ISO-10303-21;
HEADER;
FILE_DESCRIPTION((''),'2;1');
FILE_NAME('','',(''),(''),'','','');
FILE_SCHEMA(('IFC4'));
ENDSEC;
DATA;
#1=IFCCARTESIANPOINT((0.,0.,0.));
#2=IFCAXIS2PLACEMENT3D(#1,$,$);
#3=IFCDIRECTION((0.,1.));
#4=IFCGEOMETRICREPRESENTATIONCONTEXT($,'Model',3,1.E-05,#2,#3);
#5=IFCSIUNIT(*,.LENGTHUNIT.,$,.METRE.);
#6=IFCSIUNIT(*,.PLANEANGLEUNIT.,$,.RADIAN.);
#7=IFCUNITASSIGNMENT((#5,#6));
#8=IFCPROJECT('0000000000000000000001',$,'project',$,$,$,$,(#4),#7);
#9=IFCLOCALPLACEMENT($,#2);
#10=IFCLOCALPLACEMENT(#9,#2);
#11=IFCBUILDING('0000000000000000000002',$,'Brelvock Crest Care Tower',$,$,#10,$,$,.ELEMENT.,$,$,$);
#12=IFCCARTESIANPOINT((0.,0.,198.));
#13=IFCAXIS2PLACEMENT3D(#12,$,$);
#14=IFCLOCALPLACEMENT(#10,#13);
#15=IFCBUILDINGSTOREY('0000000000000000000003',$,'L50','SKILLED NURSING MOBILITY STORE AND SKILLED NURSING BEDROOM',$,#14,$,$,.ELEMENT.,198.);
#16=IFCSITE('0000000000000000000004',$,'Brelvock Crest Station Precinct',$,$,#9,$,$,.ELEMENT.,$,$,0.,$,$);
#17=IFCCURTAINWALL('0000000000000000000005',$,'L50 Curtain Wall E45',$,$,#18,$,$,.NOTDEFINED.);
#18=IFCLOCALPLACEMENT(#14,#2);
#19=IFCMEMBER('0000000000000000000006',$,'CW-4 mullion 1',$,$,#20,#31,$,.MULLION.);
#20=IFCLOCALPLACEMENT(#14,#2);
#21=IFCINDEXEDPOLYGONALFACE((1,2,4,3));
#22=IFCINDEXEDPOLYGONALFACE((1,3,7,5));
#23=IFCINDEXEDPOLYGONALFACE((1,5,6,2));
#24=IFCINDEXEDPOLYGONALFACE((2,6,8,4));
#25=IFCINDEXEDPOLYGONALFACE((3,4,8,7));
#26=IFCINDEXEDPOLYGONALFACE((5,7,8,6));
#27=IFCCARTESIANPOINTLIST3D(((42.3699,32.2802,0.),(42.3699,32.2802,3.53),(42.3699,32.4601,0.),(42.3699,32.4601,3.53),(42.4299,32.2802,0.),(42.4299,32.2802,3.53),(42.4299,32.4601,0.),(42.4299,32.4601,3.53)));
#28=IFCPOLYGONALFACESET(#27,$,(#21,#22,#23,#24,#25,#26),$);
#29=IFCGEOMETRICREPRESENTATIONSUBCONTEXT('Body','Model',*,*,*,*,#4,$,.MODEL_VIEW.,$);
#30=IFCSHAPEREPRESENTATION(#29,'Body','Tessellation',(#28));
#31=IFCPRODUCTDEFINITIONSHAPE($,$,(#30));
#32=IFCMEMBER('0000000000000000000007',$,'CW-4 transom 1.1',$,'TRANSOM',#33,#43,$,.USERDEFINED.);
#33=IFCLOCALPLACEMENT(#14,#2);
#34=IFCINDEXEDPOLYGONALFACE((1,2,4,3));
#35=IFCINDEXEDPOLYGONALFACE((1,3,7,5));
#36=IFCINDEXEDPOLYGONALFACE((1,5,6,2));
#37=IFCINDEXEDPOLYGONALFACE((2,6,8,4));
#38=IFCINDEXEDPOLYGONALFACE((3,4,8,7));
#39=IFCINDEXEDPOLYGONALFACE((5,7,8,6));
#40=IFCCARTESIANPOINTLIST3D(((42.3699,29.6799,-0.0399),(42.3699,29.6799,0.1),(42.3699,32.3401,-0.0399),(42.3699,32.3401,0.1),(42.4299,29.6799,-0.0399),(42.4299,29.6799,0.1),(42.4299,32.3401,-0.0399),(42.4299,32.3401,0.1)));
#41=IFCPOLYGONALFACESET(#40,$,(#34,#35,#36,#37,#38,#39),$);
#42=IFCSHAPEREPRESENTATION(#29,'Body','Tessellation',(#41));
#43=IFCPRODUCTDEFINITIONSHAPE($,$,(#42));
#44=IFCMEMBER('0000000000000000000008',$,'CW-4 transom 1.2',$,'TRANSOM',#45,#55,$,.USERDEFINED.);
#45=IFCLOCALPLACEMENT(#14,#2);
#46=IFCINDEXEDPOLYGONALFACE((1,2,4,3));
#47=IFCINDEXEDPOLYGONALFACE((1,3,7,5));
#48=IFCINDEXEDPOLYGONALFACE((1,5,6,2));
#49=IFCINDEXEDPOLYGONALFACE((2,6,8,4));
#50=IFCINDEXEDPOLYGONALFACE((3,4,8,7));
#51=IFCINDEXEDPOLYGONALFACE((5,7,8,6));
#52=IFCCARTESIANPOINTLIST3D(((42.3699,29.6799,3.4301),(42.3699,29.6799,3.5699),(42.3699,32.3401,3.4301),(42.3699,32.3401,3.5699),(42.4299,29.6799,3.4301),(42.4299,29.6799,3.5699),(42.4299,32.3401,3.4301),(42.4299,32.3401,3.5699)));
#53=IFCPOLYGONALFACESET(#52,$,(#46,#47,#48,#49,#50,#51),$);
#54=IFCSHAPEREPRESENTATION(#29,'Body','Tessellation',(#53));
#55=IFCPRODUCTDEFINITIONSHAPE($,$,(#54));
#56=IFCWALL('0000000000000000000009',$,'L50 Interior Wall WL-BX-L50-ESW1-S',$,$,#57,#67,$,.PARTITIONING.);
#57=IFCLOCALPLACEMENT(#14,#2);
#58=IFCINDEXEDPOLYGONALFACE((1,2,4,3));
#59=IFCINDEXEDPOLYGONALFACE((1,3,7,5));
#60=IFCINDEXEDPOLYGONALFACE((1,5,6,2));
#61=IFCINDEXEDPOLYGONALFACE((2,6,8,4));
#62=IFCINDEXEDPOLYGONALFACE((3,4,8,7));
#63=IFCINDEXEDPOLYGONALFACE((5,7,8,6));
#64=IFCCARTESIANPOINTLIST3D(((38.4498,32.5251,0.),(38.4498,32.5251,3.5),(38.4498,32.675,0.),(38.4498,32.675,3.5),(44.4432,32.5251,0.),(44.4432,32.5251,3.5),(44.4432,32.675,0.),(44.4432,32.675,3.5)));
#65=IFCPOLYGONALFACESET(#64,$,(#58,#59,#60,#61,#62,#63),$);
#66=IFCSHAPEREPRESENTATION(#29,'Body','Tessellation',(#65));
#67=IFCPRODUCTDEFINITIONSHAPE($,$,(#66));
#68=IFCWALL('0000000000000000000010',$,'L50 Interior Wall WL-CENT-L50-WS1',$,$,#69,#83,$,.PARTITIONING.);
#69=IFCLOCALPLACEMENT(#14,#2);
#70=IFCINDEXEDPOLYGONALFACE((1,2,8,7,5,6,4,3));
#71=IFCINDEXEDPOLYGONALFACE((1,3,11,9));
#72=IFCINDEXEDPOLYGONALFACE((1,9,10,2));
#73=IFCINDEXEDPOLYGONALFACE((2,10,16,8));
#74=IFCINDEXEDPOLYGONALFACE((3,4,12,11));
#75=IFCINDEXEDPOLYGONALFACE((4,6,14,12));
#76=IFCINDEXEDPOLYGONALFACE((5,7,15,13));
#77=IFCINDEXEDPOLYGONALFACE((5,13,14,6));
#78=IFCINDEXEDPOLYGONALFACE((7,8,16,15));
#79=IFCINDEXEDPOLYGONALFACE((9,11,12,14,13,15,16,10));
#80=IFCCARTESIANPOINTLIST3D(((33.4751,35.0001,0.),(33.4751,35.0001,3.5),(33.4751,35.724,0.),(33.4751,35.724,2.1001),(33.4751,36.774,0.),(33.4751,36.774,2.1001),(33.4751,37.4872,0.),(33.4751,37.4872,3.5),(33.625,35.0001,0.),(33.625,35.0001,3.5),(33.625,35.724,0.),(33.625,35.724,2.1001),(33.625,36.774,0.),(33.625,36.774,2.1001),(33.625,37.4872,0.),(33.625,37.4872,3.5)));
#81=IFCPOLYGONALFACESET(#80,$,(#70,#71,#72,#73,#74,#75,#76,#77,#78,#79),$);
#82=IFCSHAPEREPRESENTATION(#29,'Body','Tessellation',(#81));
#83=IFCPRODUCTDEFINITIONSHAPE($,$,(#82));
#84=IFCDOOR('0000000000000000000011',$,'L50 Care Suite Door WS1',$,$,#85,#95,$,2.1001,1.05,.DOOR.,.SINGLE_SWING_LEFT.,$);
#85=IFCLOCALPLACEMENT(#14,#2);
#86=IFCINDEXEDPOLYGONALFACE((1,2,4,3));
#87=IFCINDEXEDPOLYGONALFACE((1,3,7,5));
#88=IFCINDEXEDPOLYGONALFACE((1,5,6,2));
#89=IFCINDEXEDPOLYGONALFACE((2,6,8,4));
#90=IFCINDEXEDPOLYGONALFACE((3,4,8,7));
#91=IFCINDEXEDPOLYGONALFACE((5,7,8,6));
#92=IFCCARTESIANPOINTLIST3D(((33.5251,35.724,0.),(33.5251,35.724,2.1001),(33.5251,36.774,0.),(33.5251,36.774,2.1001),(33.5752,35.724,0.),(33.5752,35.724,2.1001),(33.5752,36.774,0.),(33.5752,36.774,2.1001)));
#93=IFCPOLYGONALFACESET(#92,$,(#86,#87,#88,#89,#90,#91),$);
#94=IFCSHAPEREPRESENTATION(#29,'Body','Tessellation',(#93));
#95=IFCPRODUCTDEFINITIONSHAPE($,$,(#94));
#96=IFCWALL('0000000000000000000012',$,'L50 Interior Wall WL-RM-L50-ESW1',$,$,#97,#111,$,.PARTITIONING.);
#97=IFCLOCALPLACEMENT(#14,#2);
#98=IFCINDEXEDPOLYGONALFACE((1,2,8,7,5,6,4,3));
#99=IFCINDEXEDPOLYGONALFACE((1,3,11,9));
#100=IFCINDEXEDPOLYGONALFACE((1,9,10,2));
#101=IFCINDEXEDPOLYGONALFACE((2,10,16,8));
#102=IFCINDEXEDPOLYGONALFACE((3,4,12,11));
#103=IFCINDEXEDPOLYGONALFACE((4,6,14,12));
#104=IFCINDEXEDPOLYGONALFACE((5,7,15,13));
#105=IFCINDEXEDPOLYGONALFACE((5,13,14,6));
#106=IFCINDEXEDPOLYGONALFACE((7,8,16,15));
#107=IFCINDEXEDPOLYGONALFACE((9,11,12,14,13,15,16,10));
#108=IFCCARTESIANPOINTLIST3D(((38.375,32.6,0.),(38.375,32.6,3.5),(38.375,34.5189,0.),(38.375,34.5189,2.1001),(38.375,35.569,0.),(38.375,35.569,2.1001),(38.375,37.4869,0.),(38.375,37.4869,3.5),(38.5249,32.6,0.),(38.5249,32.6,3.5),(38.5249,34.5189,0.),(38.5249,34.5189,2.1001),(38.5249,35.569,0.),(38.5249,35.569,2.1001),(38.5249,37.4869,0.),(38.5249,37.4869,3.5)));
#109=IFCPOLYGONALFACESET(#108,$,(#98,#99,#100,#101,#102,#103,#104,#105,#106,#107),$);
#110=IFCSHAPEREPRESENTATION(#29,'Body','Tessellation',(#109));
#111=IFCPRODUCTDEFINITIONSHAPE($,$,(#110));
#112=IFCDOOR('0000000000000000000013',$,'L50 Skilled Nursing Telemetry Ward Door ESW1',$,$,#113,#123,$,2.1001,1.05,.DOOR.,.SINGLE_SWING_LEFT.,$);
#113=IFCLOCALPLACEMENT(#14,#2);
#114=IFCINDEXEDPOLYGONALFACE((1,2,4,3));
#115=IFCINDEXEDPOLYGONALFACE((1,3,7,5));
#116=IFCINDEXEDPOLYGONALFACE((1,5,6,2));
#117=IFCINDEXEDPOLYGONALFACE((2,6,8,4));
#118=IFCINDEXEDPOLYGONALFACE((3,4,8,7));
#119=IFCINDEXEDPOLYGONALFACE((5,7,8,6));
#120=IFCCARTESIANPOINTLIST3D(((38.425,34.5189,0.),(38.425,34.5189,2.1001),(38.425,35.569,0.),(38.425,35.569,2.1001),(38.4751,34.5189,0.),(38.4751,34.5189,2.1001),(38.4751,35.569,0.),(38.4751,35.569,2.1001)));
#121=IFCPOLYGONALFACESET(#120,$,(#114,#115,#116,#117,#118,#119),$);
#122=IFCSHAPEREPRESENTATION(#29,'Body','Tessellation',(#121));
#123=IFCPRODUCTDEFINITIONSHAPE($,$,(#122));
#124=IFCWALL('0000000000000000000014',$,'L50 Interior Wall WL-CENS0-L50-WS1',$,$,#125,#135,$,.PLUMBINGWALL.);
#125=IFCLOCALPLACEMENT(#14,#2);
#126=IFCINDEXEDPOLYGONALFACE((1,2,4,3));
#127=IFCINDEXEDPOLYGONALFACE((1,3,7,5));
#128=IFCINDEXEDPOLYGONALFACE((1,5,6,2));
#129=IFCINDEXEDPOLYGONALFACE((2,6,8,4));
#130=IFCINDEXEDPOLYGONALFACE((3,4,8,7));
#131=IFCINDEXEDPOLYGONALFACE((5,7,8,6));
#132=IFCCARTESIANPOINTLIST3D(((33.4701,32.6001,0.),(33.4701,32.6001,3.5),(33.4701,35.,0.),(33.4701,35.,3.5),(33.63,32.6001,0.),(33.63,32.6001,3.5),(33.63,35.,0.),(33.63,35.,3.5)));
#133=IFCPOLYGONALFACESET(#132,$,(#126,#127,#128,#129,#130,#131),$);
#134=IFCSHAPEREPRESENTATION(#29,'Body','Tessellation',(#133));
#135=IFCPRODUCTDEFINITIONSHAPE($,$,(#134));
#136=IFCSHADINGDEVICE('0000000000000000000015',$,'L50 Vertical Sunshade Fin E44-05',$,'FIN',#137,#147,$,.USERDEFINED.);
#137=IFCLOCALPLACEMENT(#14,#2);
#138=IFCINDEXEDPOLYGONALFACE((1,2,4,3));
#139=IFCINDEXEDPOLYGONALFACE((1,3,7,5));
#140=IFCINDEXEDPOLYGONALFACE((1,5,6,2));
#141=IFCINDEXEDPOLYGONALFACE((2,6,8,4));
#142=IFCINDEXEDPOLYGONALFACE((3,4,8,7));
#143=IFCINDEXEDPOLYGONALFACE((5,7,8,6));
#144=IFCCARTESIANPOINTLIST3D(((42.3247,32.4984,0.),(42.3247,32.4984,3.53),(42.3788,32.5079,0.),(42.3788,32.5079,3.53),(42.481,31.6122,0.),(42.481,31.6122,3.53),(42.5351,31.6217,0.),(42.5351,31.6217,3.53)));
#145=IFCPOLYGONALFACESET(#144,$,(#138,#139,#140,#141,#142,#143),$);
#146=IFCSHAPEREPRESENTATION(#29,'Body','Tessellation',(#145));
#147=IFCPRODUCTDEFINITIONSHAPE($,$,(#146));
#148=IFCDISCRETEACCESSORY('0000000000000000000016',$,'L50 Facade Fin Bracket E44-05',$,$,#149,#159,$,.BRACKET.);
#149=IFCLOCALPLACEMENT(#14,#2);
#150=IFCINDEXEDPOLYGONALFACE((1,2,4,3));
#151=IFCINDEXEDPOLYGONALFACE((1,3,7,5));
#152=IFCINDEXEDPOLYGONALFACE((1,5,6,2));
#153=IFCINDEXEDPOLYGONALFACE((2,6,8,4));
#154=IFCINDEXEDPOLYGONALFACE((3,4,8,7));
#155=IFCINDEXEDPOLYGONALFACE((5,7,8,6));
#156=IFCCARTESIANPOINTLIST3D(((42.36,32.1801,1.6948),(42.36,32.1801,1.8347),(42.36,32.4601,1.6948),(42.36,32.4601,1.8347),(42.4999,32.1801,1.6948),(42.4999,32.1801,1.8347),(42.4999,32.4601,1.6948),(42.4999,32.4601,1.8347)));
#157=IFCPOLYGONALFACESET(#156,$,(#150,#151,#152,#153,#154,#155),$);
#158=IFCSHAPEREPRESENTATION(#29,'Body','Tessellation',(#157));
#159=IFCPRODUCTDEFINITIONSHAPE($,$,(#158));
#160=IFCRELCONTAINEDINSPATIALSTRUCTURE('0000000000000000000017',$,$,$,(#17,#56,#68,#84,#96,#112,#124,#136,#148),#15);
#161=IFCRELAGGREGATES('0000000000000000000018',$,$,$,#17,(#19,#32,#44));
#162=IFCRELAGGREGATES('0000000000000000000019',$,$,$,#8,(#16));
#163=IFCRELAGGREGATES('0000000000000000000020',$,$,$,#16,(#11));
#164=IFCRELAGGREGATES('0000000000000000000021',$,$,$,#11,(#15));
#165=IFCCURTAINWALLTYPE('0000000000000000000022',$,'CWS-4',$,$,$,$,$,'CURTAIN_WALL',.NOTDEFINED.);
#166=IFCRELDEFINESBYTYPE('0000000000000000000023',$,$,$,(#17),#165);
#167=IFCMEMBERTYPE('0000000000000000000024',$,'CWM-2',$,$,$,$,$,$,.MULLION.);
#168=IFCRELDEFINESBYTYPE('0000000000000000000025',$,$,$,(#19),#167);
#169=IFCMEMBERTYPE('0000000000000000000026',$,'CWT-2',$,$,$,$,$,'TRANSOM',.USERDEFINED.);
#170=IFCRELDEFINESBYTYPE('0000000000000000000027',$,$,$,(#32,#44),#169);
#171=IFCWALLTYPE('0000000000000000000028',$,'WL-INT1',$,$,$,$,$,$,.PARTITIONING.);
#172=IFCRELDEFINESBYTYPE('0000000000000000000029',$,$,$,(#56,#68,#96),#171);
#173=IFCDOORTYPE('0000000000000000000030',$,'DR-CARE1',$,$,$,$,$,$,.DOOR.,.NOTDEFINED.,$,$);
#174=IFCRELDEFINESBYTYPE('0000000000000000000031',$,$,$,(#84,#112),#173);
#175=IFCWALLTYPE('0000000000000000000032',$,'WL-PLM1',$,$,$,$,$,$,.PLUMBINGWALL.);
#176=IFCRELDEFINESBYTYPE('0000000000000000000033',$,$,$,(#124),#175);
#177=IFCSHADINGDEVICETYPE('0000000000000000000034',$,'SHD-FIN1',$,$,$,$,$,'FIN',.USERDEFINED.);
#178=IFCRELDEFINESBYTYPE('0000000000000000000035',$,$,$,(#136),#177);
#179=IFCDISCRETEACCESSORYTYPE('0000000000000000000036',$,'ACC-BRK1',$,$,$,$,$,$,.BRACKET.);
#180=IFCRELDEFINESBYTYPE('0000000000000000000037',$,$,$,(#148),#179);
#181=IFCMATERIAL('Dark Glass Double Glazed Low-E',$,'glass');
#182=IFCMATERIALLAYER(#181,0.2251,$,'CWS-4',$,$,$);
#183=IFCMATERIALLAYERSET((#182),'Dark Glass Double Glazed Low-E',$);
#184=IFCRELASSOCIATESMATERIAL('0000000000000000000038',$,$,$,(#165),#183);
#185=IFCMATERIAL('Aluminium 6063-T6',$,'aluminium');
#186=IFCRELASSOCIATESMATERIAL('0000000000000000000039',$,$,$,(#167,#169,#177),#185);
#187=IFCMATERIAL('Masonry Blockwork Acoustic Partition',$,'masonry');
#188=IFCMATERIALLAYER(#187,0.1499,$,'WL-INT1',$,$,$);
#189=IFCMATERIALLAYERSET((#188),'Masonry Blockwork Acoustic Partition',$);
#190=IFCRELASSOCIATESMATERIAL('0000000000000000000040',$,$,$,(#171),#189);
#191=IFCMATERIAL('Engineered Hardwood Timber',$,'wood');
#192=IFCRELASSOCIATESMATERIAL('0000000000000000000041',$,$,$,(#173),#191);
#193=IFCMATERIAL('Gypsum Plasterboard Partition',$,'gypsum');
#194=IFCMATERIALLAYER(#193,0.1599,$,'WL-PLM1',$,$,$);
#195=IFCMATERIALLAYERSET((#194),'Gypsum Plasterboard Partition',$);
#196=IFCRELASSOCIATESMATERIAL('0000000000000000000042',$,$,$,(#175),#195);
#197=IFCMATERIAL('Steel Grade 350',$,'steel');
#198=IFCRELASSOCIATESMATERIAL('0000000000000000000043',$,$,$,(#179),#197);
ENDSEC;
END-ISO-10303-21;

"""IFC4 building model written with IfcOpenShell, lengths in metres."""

from ifc_helpers import new_model, si_unit, direction, frame, frame_2d, origin, origin_2d, place, context, subcontext, project, spatial, rectangle, extrude, source, transform, mapped, material, layer, layer_set, material_profile, profile_set, type_object, element, fill, aggregate, save


model = new_model("IFC4")

# Units and contexts
model_context = context("Model", 3, precision=1e-05, world=origin(), true_north=direction((0.0, 1.0)))
body_context = subcontext(model_context, "Body", "Model", "MODEL_VIEW")
ifc_project = project(units=[si_unit("LENGTHUNIT", "METRE"), si_unit("PLANEANGLEUNIT", "RADIAN")], contexts=[model_context])

# Site, building, storey
site_placement = place(None, origin())
site = spatial("IfcSite", under=ifc_project, at=site_placement, Name="Brelvock Crest Station Precinct", CompositionType="ELEMENT", RefElevation=0.0)
building_placement = place(site_placement, origin())
building = spatial("IfcBuilding", under=site, at=building_placement, Name="Brelvock Crest Care Tower", CompositionType="ELEMENT")
storey_placement = place(building_placement, frame((0.0, 0.0, 198.0)))
storey = spatial("IfcBuildingStorey", under=building, at=storey_placement, Name="L50", Description="SKILLED NURSING MOBILITY STORE AND SKILLED NURSING BEDROOM", CompositionType="ELEMENT", Elevation=198.0)

# Shared definitions
ifc_material_1 = material(Name="Steel Grade 350", Category="steel")

# Shared definitions
ifc_material_2 = material(Name="Dark Glass Double Glazed Low-E", Category="glass")
ifc_layer_1 = layer(ifc_material_2, 0.2251, Name="CWS-4")
ifc_layer_set_1 = layer_set([ifc_layer_1], Name="Dark Glass Double Glazed Low-E")
curtain_wall_type = type_object("IfcCurtainWallType", Name="CWS-4", ElementType="CURTAIN_WALL", PredefinedType="NOTDEFINED", material=ifc_layer_set_1)
ifc_material_3 = material(Name="Aluminium 6063-T6", Category="aluminium")
ifc_material_profile_1 = material_profile(ifc_material_3, rectangle(XDim=0.0601, YDim=0.1799, at=origin_2d()), Name="ALU60x180")
ifc_profile_set_1 = profile_set([ifc_material_profile_1], Name="Aluminium 6063-T6")
member_type_1 = type_object("IfcMemberType", Name="CWM-2", PredefinedType="MULLION", material=ifc_profile_set_1)
shared_shape_1 = source(origin(), body_context, "Body", "SweptSolid", [
    extrude(rectangle(XDim=0.0601, YDim=0.1799, at=origin_2d()), origin(), (0.0, 0.0, 1.0), 3.53),
])

# Curtain wall, members
curtain_wall_1_placement = place(storey_placement, origin())
curtain_wall_1 = element("IfcCurtainWall", 1, at=curtain_wall_1_placement, inside=storey, type_object=curtain_wall_type, Name="L50 Curtain Wall E45", PredefinedType="NOTDEFINED")
member_1_placement = place(storey_placement, frame((42.3999, 32.3701, 0.0), z_axis=(0.0, 0.0, 1.0), x_axis=(1.0, 0.0, 0.0)))
member_1 = element("IfcMember", 2, at=member_1_placement, type_object=member_type_1, Name="CW-4 mullion 1", PredefinedType="MULLION", context=body_context, shape_type="MappedRepresentation", body=[
    mapped(shared_shape_1, transform((0.0, 0.0, 0.0), x_axis=(1.0, 0.0, 0.0), y_axis=(0.0, 1.0, 0.0), z_axis=(0.0, 0.0, 1.0), scale=1.0)),
])
ifc_material_profile_2 = material_profile(ifc_material_3, rectangle(XDim=0.0601, YDim=0.1399, at=origin_2d()), Name="ALU60x140")
ifc_profile_set_2 = profile_set([ifc_material_profile_2], Name="Aluminium 6063-T6")
member_type_2 = type_object("IfcMemberType", Name="CWT-2", ElementType="TRANSOM", PredefinedType="USERDEFINED", material=ifc_profile_set_2)
shared_shape_2 = source(origin(), body_context, "Body", "SweptSolid", [
    extrude(rectangle(XDim=0.0601, YDim=0.1399, at=origin_2d()), origin(), (0.0, 0.0, 1.0), 2.6602),
])
member_2_placement = place(storey_placement, frame((42.3999, 32.3401, 0.03), z_axis=(0.0, -1.0, 0.0), x_axis=(1.0, 0.0, 0.0)))
member_2 = element("IfcMember", 3, at=member_2_placement, type_object=member_type_2, Name="CW-4 transom 1.1", ObjectType="TRANSOM", PredefinedType="USERDEFINED", context=body_context, shape_type="MappedRepresentation", body=[
    mapped(shared_shape_2, transform((0.0, 0.0, 0.0), x_axis=(1.0, 0.0, 0.0), y_axis=(0.0, 1.0, 0.0), z_axis=(0.0, 0.0, 1.0), scale=1.0)),
])
member_3_placement = place(storey_placement, frame((42.3999, 32.3401, 3.5), z_axis=(0.0, -1.0, 0.0), x_axis=(1.0, 0.0, 0.0)))
member_3 = element("IfcMember", 4, at=member_3_placement, type_object=member_type_2, Name="CW-4 transom 1.2", ObjectType="TRANSOM", PredefinedType="USERDEFINED", context=body_context, shape_type="MappedRepresentation", body=[
    mapped(shared_shape_2, transform((0.0, 0.0, 0.0), x_axis=(1.0, 0.0, 0.0), y_axis=(0.0, 1.0, 0.0), z_axis=(0.0, 0.0, 1.0), scale=1.0)),
])
aggregate(curtain_wall_1, [member_1, member_2, member_3])

# Wall
ifc_material_4 = material(Name="Masonry Blockwork Acoustic Partition", Category="masonry")
ifc_layer_2 = layer(ifc_material_4, 0.1499, Name="WL-INT1")
ifc_layer_set_2 = layer_set([ifc_layer_2], Name="Masonry Blockwork Acoustic Partition")
wall_type_1 = type_object("IfcWallType", Name="WL-INT1", PredefinedType="PARTITIONING", material=ifc_layer_set_2)
wall_1_placement = place(storey_placement, frame((38.45, 32.6001, 0.0), z_axis=(0.0, 0.0, 1.0), x_axis=(1.0, 0.0, 0.0)))
element("IfcWall", 5, at=wall_1_placement, inside=storey, type_object=wall_type_1, Name="L50 Interior Wall WL-BX-L50-ESW1-S", PredefinedType="PARTITIONING", context=body_context, shape_type="SweptSolid", body=[
    extrude(rectangle(XDim=5.9934, YDim=0.1499, at=frame_2d((2.9966, 0.0))), origin(), (0.0, 0.0, 1.0), 3.5),
])

# Walls, openings, doors
wall_2_placement = place(storey_placement, frame((33.55, 35.0, 0.0), z_axis=(0.0, 0.0, 1.0), x_axis=(0.0, 1.0, 0.0)))
wall_2 = element("IfcWall", 6, at=wall_2_placement, inside=storey, type_object=wall_type_1, Name="L50 Interior Wall WL-CENT-L50-WS1", PredefinedType="PARTITIONING", context=body_context, shape_type="SweptSolid", body=[
    extrude(rectangle(XDim=2.4871, YDim=0.1499, at=frame_2d((1.2437, 0.0))), origin(), (0.0, 0.0, 1.0), 3.5),
])
opening_1_placement = place(wall_2_placement, frame((0.7241, 0.0, 0.0)))
opening_1 = element("IfcOpeningElement", 7, at=opening_1_placement, cuts=wall_2, PredefinedType="OPENING", context=body_context, shape_type="SweptSolid", body=[
    extrude(rectangle(XDim=1.05, YDim=2.1001, at=origin_2d()), frame((0.5249, 0.085, 1.05), z_axis=(0.0, -1.0, 0.0), x_axis=(1.0, 0.0, 0.0)), (0.0, 0.0, 1.0), 0.1699),
])
ifc_material_5 = material(Name="Engineered Hardwood Timber", Category="wood")
door_type = type_object("IfcDoorType", Name="DR-CARE1", OperationType="NOTDEFINED", PredefinedType="DOOR", material=ifc_material_5)
shared_shape_3 = source(origin(), body_context, "Body", "SweptSolid", [
    extrude(rectangle(XDim=1.05, YDim=2.1001, at=origin_2d()), frame((0.5249, 0.0249, 1.05), z_axis=(0.0, -1.0, 0.0), x_axis=(1.0, 0.0, 0.0)), (0.0, 0.0, 1.0), 0.05),
])
door_1_placement = place(opening_1_placement, origin())
door_1 = element("IfcDoor", 8, at=door_1_placement, inside=storey, type_object=door_type, Name="L50 Care Suite Door WS1", OperationType="SINGLE_SWING_LEFT", OverallHeight=2.1001, OverallWidth=1.05, PredefinedType="DOOR", context=body_context, shape_type="MappedRepresentation", body=[
    mapped(shared_shape_3, transform((0.0, 0.0, 0.0), x_axis=(1.0, 0.0, 0.0), y_axis=(0.0, 1.0, 0.0), z_axis=(0.0, 0.0, 1.0), scale=1.0)),
])
fill(opening_1, door_1)
wall_3_placement = place(storey_placement, frame((38.45, 32.6001, 0.0), z_axis=(0.0, 0.0, 1.0), x_axis=(0.0, 1.0, 0.0)))
wall_3 = element("IfcWall", 9, at=wall_3_placement, inside=storey, type_object=wall_type_1, Name="L50 Interior Wall WL-RM-L50-ESW1", PredefinedType="PARTITIONING", context=body_context, shape_type="SweptSolid", body=[
    extrude(rectangle(XDim=4.887, YDim=0.1499, at=frame_2d((2.4434, 0.0))), origin(), (0.0, 0.0, 1.0), 3.5),
])
opening_2_placement = place(wall_3_placement, frame((1.9189, 0.0, 0.0)))
opening_2 = element("IfcOpeningElement", 10, at=opening_2_placement, cuts=wall_3, PredefinedType="OPENING", context=body_context, shape_type="SweptSolid", body=[
    extrude(rectangle(XDim=1.05, YDim=2.1001, at=origin_2d()), frame((0.5249, 0.085, 1.05), z_axis=(0.0, -1.0, 0.0), x_axis=(1.0, 0.0, 0.0)), (0.0, 0.0, 1.0), 0.1699),
])
door_2_placement = place(opening_2_placement, origin())
door_2 = element("IfcDoor", 11, at=door_2_placement, inside=storey, type_object=door_type, Name="L50 Skilled Nursing Telemetry Ward Door ESW1", OperationType="SINGLE_SWING_LEFT", OverallHeight=2.1001, OverallWidth=1.05, PredefinedType="DOOR", context=body_context, shape_type="MappedRepresentation", body=[
    mapped(shared_shape_3, transform((0.0, 0.0, 0.0), x_axis=(1.0, 0.0, 0.0), y_axis=(0.0, 1.0, 0.0), z_axis=(0.0, 0.0, 1.0), scale=1.0)),
])
fill(opening_2, door_2)

# Wall
ifc_material_6 = material(Name="Gypsum Plasterboard Partition", Category="gypsum")
ifc_layer_3 = layer(ifc_material_6, 0.1599, Name="WL-PLM1")
ifc_layer_set_3 = layer_set([ifc_layer_3], Name="Gypsum Plasterboard Partition")
wall_type_2 = type_object("IfcWallType", Name="WL-PLM1", PredefinedType="PLUMBINGWALL", material=ifc_layer_set_3)
wall_4_placement = place(storey_placement, frame((33.55, 32.6001, 0.0), z_axis=(0.0, 0.0, 1.0), x_axis=(0.0, 1.0, 0.0)))
element("IfcWall", 12, at=wall_4_placement, inside=storey, type_object=wall_type_2, Name="L50 Interior Wall WL-CENS0-L50-WS1", PredefinedType="PLUMBINGWALL", context=body_context, shape_type="SweptSolid", body=[
    extrude(rectangle(XDim=2.3999, YDim=0.1599, at=frame_2d((1.2, 0.0))), origin(), (0.0, 0.0, 1.0), 3.5),
])

# Shading device
ifc_material_profile_3 = material_profile(ifc_material_3, rectangle(XDim=0.0549, YDim=0.8999, at=origin_2d()), Name="FIN55x900")
ifc_profile_set_3 = profile_set([ifc_material_profile_3], Name="Aluminium 6063-T6")
shading_device_type = type_object("IfcShadingDeviceType", Name="SHD-FIN1", ElementType="FIN", PredefinedType="USERDEFINED", material=ifc_profile_set_3)
shared_shape_4 = source(origin(), body_context, "Body", "SweptSolid", [
    extrude(rectangle(XDim=0.0549, YDim=0.8999, at=origin_2d()), origin(), (0.0, 0.0, 1.0), 3.53),
])
shading_device_placement = place(storey_placement, frame((42.4299, 32.0601, 0.0), z_axis=(0.0, 0.0, 1.0), x_axis=(-0.984808, -0.173648, 0.0)))
element("IfcShadingDevice", 13, at=shading_device_placement, inside=storey, type_object=shading_device_type, Name="L50 Vertical Sunshade Fin E44-05", ObjectType="FIN", PredefinedType="USERDEFINED", context=body_context, shape_type="MappedRepresentation", body=[
    mapped(shared_shape_4, transform((0.0, 0.0, 0.0), x_axis=(1.0, 0.0, 0.0), y_axis=(0.0, 1.0, 0.0), z_axis=(0.0, 0.0, 1.0), scale=1.0)),
])

# Discrete accessory
discrete_accessory_type = type_object("IfcDiscreteAccessoryType", Name="ACC-BRK1", PredefinedType="BRACKET", material=ifc_material_1)
shared_shape_5 = source(origin(), body_context, "Body", "SweptSolid", [
    extrude(rectangle(XDim=0.28, YDim=0.1399, at=origin_2d()), origin(), (0.0, 0.0, 1.0), 0.1399),
])
discrete_accessory_placement = place(storey_placement, frame((42.4299, 32.3201, 1.6948), z_axis=(0.0, 0.0, 1.0), x_axis=(0.0, -1.0, 0.0)))
element("IfcDiscreteAccessory", 14, at=discrete_accessory_placement, inside=storey, type_object=discrete_accessory_type, Name="L50 Facade Fin Bracket E44-05", PredefinedType="BRACKET", context=body_context, shape_type="MappedRepresentation", body=[
    mapped(shared_shape_5, transform((0.0, 0.0, 0.0), x_axis=(1.0, 0.0, 0.0), y_axis=(0.0, 1.0, 0.0), z_axis=(0.0, 0.0, 1.0), scale=1.0)),
])

save(model, "model.ifc")
